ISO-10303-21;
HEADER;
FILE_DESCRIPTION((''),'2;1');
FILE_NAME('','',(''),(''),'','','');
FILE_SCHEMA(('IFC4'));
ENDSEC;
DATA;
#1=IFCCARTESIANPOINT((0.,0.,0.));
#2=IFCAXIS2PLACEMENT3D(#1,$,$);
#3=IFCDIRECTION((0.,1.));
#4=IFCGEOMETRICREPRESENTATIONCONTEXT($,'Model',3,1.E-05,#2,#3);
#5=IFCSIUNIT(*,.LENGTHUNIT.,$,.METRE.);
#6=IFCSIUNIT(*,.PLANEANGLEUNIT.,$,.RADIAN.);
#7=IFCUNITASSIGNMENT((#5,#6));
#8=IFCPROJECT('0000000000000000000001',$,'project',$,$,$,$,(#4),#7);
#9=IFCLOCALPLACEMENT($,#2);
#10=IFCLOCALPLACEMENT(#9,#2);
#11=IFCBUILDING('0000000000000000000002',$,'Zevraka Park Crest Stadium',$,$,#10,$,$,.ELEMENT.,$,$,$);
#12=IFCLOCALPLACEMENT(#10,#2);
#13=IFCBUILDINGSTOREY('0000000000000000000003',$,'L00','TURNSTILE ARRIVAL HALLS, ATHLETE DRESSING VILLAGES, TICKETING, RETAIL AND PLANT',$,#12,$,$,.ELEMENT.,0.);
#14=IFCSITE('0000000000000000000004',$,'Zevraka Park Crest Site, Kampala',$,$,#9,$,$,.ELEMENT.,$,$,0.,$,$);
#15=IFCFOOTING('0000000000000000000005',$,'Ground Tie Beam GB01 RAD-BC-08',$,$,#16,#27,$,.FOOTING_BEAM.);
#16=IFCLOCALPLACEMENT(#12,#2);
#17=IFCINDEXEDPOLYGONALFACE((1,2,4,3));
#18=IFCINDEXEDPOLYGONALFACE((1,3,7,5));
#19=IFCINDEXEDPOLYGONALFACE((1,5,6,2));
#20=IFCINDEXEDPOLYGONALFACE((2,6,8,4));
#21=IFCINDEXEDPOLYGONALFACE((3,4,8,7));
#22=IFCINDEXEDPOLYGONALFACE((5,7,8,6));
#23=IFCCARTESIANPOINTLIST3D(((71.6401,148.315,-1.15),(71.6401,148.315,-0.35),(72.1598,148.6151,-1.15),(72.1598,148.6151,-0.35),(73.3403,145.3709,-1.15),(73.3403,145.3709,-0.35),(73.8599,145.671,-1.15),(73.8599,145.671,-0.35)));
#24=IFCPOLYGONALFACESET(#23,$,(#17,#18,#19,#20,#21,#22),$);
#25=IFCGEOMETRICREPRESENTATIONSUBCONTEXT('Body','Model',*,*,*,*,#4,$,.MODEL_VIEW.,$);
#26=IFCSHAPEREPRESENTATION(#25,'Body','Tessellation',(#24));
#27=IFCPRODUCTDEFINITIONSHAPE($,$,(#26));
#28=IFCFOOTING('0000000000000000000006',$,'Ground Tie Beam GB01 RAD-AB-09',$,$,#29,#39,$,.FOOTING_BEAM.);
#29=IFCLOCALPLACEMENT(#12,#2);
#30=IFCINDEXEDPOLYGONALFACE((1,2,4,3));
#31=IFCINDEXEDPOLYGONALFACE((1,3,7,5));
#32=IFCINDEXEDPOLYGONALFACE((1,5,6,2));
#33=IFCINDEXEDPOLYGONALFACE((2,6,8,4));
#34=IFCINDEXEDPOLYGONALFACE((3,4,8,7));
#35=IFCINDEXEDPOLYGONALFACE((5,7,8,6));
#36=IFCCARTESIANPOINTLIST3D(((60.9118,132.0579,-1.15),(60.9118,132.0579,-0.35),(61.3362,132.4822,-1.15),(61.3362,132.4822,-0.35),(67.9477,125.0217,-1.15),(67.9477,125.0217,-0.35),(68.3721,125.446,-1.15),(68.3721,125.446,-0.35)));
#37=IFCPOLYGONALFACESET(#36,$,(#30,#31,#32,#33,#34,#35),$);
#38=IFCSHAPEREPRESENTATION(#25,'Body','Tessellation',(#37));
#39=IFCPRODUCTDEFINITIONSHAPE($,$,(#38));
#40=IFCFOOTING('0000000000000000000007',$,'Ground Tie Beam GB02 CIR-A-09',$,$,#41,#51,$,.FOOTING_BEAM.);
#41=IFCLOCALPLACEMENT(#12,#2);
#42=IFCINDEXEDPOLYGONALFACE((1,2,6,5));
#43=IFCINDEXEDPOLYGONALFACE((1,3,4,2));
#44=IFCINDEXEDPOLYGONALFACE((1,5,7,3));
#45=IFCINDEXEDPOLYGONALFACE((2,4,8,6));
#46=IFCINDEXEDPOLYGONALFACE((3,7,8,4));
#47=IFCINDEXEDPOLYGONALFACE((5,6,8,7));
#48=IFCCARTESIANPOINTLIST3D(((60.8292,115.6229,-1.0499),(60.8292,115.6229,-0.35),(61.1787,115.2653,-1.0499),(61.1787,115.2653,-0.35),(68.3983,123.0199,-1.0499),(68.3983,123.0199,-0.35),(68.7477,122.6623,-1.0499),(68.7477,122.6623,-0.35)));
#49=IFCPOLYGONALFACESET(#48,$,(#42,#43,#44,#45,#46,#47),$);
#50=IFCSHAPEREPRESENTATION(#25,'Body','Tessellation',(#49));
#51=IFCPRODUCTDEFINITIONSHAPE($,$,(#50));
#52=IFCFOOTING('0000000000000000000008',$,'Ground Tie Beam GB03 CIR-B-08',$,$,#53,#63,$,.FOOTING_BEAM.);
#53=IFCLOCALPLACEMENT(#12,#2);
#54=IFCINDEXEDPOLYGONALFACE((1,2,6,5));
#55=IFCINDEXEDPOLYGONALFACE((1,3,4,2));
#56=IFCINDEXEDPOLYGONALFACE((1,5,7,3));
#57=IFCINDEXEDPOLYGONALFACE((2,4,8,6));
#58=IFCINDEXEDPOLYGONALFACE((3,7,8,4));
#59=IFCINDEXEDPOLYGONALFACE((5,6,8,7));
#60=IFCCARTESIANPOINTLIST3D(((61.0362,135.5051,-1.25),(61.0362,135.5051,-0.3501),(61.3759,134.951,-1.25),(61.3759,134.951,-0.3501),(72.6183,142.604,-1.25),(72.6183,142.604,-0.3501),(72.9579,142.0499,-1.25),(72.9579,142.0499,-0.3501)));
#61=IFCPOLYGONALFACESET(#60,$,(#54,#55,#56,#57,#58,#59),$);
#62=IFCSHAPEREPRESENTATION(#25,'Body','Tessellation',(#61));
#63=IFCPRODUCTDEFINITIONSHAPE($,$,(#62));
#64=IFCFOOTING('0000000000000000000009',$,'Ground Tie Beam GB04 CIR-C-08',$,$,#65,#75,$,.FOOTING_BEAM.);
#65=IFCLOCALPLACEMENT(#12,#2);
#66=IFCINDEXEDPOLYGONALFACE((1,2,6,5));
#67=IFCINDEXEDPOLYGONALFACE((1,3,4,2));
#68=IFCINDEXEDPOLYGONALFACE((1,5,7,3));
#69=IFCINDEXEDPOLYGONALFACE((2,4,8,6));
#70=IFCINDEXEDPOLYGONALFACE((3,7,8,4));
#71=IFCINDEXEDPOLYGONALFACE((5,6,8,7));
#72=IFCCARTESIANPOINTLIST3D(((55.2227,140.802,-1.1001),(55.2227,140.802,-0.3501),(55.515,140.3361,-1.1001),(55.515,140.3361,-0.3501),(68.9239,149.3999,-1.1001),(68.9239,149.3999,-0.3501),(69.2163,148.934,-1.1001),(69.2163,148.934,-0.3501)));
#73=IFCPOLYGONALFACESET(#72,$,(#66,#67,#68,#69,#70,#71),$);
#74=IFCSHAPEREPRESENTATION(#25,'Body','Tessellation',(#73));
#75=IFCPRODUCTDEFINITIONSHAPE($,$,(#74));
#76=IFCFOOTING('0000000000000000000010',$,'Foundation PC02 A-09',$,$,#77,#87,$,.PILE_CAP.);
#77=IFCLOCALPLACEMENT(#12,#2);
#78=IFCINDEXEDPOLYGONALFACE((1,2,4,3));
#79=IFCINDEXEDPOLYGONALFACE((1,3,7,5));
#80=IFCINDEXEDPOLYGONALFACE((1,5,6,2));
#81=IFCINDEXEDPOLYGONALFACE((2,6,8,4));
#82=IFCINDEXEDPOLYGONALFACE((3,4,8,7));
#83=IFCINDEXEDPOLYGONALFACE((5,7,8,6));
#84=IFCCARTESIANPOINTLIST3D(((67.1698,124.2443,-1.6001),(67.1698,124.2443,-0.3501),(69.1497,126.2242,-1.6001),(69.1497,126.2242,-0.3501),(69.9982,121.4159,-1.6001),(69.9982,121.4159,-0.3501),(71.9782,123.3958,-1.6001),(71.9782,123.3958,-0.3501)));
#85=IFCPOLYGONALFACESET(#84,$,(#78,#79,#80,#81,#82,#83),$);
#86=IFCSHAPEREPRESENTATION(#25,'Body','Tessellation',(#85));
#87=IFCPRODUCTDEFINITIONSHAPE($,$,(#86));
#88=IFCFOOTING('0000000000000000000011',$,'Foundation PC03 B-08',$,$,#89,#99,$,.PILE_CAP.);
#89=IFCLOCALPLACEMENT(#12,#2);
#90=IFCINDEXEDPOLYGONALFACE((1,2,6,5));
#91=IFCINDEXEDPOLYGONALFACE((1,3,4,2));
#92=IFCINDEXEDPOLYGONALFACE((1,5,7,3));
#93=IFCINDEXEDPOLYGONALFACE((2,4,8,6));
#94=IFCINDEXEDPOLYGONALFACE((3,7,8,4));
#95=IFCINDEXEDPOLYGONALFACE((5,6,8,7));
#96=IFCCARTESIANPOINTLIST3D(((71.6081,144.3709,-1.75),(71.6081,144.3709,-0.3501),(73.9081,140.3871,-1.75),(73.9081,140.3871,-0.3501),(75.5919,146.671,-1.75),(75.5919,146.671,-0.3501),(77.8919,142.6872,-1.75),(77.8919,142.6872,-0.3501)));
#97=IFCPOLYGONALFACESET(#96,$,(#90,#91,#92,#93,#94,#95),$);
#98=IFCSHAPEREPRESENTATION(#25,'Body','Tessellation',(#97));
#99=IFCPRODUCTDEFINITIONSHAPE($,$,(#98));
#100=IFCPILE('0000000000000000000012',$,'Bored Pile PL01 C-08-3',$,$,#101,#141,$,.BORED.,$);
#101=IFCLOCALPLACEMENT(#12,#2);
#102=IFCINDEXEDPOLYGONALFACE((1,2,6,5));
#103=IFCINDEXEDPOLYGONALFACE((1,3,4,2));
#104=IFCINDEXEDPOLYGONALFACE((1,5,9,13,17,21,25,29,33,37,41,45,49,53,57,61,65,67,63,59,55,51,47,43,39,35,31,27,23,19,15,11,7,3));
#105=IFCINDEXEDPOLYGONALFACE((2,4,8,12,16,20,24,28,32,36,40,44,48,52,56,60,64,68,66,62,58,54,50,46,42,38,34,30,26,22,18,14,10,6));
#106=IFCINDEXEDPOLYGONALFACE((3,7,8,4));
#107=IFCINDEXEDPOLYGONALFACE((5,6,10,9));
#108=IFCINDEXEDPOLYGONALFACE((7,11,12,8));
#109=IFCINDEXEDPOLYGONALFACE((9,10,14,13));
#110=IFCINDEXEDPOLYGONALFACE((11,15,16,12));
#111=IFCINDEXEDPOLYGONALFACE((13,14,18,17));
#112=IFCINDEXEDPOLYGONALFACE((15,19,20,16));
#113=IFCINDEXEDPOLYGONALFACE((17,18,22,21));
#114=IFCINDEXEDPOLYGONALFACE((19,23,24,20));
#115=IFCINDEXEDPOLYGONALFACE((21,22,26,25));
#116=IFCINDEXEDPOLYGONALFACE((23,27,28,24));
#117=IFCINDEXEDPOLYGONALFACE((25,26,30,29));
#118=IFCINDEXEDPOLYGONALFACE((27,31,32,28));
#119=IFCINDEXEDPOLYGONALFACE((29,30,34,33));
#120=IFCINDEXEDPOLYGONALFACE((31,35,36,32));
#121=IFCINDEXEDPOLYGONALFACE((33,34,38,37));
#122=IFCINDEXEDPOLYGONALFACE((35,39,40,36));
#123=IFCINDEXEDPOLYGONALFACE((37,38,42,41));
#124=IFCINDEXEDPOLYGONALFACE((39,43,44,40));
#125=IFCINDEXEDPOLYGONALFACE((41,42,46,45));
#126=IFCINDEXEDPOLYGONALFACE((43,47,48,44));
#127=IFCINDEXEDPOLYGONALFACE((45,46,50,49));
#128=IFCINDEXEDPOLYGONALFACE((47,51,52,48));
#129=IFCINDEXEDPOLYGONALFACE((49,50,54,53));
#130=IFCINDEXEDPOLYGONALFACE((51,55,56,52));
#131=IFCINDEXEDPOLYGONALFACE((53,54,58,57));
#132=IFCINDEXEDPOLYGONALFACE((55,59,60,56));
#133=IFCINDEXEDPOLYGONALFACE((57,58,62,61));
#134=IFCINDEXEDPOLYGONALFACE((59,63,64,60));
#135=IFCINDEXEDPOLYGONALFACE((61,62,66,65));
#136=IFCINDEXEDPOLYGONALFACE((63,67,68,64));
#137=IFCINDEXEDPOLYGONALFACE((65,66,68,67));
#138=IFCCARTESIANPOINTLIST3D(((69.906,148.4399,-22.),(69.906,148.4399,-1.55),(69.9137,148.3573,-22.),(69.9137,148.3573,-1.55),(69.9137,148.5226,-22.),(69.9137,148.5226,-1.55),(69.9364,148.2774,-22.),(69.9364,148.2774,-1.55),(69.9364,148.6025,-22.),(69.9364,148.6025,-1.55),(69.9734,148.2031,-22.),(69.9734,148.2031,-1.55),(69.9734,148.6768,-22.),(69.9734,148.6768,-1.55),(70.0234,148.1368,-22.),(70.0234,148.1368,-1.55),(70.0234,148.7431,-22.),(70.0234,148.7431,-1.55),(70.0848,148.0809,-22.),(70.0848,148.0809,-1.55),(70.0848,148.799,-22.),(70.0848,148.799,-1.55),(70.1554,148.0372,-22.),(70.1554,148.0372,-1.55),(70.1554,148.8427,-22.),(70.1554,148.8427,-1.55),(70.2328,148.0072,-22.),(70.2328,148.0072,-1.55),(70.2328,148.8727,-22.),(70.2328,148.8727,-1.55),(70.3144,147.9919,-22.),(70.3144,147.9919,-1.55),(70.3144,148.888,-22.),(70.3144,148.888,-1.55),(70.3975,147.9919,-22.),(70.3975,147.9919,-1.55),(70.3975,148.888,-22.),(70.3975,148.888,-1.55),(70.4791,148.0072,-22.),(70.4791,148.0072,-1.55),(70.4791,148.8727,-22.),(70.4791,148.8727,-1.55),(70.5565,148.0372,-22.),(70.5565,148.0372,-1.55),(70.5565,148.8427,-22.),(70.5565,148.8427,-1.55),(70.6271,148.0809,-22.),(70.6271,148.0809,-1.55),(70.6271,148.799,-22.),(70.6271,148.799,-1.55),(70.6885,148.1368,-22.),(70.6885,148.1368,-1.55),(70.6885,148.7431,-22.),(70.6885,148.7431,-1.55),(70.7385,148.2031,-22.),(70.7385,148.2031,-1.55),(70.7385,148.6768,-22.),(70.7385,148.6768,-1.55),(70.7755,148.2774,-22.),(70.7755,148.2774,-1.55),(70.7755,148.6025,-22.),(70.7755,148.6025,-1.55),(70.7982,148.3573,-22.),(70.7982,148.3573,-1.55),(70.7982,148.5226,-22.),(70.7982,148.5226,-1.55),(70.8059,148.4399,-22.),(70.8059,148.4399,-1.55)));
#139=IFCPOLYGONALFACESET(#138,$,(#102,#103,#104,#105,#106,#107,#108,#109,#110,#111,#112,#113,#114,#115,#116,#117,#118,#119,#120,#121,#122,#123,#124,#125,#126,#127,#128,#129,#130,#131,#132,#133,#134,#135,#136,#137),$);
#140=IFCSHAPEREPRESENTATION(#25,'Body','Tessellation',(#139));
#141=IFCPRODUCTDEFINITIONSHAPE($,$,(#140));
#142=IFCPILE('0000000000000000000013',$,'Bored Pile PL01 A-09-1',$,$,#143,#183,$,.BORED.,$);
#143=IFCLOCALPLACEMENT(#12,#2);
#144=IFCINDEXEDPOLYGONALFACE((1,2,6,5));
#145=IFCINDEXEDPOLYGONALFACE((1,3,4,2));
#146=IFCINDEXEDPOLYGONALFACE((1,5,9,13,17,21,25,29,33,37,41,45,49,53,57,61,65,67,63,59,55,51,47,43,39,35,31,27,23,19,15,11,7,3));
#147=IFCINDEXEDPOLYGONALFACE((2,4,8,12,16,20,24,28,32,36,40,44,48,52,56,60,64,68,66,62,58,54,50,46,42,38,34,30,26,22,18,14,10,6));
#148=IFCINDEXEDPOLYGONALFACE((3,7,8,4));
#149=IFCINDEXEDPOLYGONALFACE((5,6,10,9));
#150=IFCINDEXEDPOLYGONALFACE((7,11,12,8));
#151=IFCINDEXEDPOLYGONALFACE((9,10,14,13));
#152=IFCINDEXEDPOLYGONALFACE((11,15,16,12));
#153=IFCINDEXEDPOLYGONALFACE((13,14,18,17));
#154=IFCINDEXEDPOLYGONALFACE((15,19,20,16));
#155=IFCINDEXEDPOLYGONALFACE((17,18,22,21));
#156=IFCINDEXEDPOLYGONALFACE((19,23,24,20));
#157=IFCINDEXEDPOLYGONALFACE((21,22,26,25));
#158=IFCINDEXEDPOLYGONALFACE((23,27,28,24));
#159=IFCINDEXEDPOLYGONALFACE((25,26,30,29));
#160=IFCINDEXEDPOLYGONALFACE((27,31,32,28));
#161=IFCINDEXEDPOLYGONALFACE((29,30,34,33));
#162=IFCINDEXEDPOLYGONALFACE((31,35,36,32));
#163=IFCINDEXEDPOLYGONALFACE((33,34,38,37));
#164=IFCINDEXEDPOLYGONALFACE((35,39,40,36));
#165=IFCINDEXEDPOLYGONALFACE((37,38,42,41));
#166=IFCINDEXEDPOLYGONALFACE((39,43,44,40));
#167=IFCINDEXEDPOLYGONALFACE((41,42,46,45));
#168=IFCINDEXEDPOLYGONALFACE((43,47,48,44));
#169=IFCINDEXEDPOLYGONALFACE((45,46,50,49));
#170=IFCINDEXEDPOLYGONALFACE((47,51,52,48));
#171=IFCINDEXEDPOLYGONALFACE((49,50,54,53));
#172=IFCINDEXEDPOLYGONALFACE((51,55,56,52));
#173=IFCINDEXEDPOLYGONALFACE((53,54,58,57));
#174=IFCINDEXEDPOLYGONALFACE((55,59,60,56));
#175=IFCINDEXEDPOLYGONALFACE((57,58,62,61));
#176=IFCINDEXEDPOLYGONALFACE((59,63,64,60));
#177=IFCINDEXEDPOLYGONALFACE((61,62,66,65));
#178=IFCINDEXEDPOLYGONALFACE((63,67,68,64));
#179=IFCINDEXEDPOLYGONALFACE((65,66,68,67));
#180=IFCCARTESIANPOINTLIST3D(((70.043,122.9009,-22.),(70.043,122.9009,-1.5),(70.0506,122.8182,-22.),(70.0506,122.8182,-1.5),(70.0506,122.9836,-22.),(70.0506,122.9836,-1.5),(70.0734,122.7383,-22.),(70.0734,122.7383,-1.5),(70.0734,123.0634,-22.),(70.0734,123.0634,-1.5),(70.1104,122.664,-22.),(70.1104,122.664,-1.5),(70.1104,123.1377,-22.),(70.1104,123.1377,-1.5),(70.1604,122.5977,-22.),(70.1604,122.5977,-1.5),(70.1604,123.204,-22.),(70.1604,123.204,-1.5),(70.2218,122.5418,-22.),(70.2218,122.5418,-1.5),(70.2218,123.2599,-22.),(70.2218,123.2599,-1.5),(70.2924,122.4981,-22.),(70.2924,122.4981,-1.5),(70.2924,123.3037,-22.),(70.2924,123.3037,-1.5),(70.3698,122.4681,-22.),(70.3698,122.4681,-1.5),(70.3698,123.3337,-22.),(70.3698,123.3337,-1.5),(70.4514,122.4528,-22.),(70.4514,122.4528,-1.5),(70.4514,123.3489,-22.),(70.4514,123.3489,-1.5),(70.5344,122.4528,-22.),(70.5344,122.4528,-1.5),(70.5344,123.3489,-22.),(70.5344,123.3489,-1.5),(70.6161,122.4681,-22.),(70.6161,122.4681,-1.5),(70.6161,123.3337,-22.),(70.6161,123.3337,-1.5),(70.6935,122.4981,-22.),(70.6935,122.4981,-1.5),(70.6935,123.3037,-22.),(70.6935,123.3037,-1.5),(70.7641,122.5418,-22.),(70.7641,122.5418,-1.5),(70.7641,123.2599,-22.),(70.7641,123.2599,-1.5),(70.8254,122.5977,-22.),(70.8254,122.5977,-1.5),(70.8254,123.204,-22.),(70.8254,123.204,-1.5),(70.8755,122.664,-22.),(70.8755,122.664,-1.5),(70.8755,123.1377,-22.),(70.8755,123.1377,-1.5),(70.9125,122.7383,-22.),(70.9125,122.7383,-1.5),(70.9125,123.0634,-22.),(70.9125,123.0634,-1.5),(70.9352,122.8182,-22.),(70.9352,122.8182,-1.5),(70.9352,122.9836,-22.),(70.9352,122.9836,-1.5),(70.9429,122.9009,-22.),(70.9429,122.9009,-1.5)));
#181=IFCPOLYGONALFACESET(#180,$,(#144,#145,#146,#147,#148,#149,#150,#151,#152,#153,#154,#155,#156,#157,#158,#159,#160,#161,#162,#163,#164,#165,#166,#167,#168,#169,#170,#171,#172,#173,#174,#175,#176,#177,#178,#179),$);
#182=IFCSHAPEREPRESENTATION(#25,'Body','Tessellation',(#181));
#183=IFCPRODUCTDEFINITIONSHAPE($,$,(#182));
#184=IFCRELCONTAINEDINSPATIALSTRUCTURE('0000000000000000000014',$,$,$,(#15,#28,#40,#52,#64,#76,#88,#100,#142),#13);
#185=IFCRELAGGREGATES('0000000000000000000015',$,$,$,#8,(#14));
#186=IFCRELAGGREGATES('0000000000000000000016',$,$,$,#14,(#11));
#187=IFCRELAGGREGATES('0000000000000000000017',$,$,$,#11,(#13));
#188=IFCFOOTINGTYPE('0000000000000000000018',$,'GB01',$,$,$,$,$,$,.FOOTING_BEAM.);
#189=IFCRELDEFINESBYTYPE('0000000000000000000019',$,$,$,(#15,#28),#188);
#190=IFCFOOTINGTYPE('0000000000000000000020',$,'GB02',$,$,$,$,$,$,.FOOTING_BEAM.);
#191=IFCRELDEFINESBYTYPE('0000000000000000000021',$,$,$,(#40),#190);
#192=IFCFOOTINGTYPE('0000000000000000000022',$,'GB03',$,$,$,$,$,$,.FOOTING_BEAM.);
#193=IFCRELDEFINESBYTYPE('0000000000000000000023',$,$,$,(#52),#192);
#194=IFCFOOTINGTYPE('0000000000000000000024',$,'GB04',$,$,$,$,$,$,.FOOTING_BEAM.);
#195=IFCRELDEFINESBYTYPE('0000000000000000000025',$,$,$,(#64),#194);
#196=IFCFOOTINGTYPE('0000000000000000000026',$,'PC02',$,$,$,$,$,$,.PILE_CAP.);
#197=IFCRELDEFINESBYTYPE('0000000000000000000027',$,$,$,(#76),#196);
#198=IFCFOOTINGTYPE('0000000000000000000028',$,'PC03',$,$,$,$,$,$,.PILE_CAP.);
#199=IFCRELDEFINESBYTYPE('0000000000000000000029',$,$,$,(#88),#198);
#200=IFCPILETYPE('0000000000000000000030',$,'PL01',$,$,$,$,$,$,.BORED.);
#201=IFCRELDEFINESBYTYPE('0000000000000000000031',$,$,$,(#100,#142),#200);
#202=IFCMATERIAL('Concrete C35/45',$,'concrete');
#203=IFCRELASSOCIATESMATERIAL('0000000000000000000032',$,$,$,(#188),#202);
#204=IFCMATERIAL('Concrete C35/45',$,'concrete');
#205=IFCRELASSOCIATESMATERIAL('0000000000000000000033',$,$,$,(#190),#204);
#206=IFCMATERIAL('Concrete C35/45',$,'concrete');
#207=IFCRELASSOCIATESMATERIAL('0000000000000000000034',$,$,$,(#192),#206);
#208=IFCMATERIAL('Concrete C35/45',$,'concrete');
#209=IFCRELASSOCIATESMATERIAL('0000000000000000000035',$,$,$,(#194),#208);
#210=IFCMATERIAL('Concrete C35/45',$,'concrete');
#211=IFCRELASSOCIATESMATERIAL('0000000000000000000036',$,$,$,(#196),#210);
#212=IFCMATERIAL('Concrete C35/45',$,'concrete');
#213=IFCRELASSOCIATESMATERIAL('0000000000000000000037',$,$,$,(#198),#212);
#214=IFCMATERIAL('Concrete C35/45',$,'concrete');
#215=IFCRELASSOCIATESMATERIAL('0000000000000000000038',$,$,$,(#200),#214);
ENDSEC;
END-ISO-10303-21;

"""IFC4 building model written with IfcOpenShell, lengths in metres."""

from ifc_helpers import new_model, si_unit, direction, frame, origin, origin_2d, place, context, subcontext, project, spatial, rectangle, circle, extrude, material, material_profile, profile_set, type_object, element, save


model = new_model("IFC4")

# Units and contexts
model_context = context("Model", 3, precision=1e-05, world=origin(), true_north=direction((0.0, 1.0)))
body_context = subcontext(model_context, "Body", "Model", "MODEL_VIEW")
ifc_project = project(units=[si_unit("LENGTHUNIT", "METRE"), si_unit("PLANEANGLEUNIT", "RADIAN")], contexts=[model_context])

# Site, building, storey
site_placement = place(None, origin())
site = spatial("IfcSite", under=ifc_project, at=site_placement, Name="Zevraka Park Crest Site, Kampala", CompositionType="ELEMENT", RefElevation=0.0)
building_placement = place(site_placement, origin())
building = spatial("IfcBuilding", under=site, at=building_placement, Name="Zevraka Park Crest Stadium", CompositionType="ELEMENT")
storey_placement = place(building_placement, origin())
storey = spatial("IfcBuildingStorey", under=building, at=storey_placement, Name="L00", Description="TURNSTILE ARRIVAL HALLS, ATHLETE DRESSING VILLAGES, TICKETING, RETAIL AND PLANT", CompositionType="ELEMENT", Elevation=0.0)

# Footings
ifc_material_1 = material(Name="Concrete C35/45", Category="concrete")
ifc_material_profile_1 = material_profile(ifc_material_1, rectangle(XDim=0.6001, YDim=0.8, at=origin_2d()), Name="GB 800x600")
ifc_profile_set_1 = profile_set([ifc_material_profile_1], Name="Concrete C35/45")
footing_type_1 = type_object("IfcFootingType", Name="GB01", PredefinedType="FOOTING_BEAM", material=ifc_profile_set_1)
footing_1_placement = place(storey_placement, frame((73.6001, 145.521, -0.75), z_axis=(-0.500093, 0.865972, 0.0), x_axis=(-0.865972, -0.500093, 0.0)))
element("IfcFooting", 1, at=footing_1_placement, inside=storey, type_object=footing_type_1, Name="Ground Tie Beam GB01 RAD-BC-08", PredefinedType="FOOTING_BEAM", context=body_context, shape_type="SweptSolid", body=[
    extrude(rectangle(XDim=0.6001, YDim=0.8, at=origin_2d()), origin(), (0.0, 0.0, 1.0), 3.3997),
])
footing_2_placement = place(storey_placement, frame((68.1599, 125.2339, -0.75), z_axis=(-0.707095, 0.707119, 0.0), x_axis=(-0.707119, -0.707095, 0.0)))
element("IfcFooting", 2, at=footing_2_placement, inside=storey, type_object=footing_type_1, Name="Ground Tie Beam GB01 RAD-AB-09", PredefinedType="FOOTING_BEAM", context=body_context, shape_type="SweptSolid", body=[
    extrude(rectangle(XDim=0.6001, YDim=0.8, at=origin_2d()), origin(), (0.0, 0.0, 1.0), 9.9504),
])
ifc_material_2 = material(Name="Concrete C35/45", Category="concrete")
ifc_material_profile_2 = material_profile(ifc_material_2, rectangle(XDim=0.5, YDim=0.7, at=origin_2d()), Name="GB 700x500")
ifc_profile_set_2 = profile_set([ifc_material_profile_2], Name="Concrete C35/45")
footing_type_2 = type_object("IfcFootingType", Name="GB02", PredefinedType="FOOTING_BEAM", material=ifc_profile_set_2)
footing_3_placement = place(storey_placement, frame((68.573, 122.8411, -0.7), z_axis=(-0.715192, -0.698928, 0.0), x_axis=(0.698928, -0.715192, 0.0)))
element("IfcFooting", 3, at=footing_3_placement, inside=storey, type_object=footing_type_2, Name="Ground Tie Beam GB02 CIR-A-09", PredefinedType="FOOTING_BEAM", context=body_context, shape_type="SweptSolid", body=[
    extrude(rectangle(XDim=0.5, YDim=0.7, at=origin_2d()), origin(), (0.0, 0.0, 1.0), 10.5833),
])
ifc_material_3 = material(Name="Concrete C35/45", Category="concrete")
ifc_material_profile_3 = material_profile(ifc_material_3, rectangle(XDim=0.6499, YDim=0.8999, at=origin_2d()), Name="GB 900x650")
ifc_profile_set_3 = profile_set([ifc_material_profile_3], Name="Concrete C35/45")
footing_type_3 = type_object("IfcFootingType", Name="GB03", PredefinedType="FOOTING_BEAM", material=ifc_profile_set_3)
footing_4_placement = place(storey_placement, frame((72.7881, 142.3269, -0.8), z_axis=(-0.852594, -0.522573, 0.0), x_axis=(0.522573, -0.852594, 0.0)))
element("IfcFooting", 4, at=footing_4_placement, inside=storey, type_object=footing_type_3, Name="Ground Tie Beam GB03 CIR-B-08", PredefinedType="FOOTING_BEAM", context=body_context, shape_type="SweptSolid", body=[
    extrude(rectangle(XDim=0.6499, YDim=0.8999, at=origin_2d()), origin(), (0.0, 0.0, 1.0), 13.5845),
])
ifc_material_4 = material(Name="Concrete C35/45", Category="concrete")
ifc_material_profile_4 = material_profile(ifc_material_4, rectangle(XDim=0.55, YDim=0.75, at=origin_2d()), Name="GB 750x550")
ifc_profile_set_4 = profile_set([ifc_material_profile_4], Name="Concrete C35/45")
footing_type_4 = type_object("IfcFootingType", Name="GB04", PredefinedType="FOOTING_BEAM", material=ifc_profile_set_4)
footing_5_placement = place(storey_placement, frame((69.0701, 149.167, -0.7251), z_axis=(-0.847034, -0.531539, 0.0), x_axis=(0.531539, -0.847034, 0.0)))
element("IfcFooting", 5, at=footing_5_placement, inside=storey, type_object=footing_type_4, Name="Ground Tie Beam GB04 CIR-C-08", PredefinedType="FOOTING_BEAM", context=body_context, shape_type="SweptSolid", body=[
    extrude(rectangle(XDim=0.55, YDim=0.75, at=origin_2d()), origin(), (0.0, 0.0, 1.0), 16.1755),
])
ifc_material_5 = material(Name="Concrete C35/45", Category="concrete")
footing_type_5 = type_object("IfcFootingType", Name="PC02", PredefinedType="PILE_CAP", material=ifc_material_5)
footing_6_placement = place(storey_placement, frame((69.574, 123.8201, -1.6001), z_axis=(0.0, 0.0, 1.0), x_axis=(-0.707107, 0.707107, 0.0)))
element("IfcFooting", 6, at=footing_6_placement, inside=storey, type_object=footing_type_5, Name="Foundation PC02 A-09", PredefinedType="PILE_CAP", context=body_context, shape_type="SweptSolid", body=[
    extrude(rectangle(XDim=4.0, YDim=2.8, at=origin_2d()), origin(), (0.0, 0.0, 1.0), 1.25),
])
ifc_material_6 = material(Name="Concrete C35/45", Category="concrete")
footing_type_6 = type_object("IfcFootingType", Name="PC03", PredefinedType="PILE_CAP", material=ifc_material_6)
footing_7_placement = place(storey_placement, frame((74.75, 143.5291, -1.75), z_axis=(0.0, 0.0, 1.0), x_axis=(-0.5, 0.866025, 0.0)))
element("IfcFooting", 7, at=footing_7_placement, inside=storey, type_object=footing_type_6, Name="Foundation PC03 B-08", PredefinedType="PILE_CAP", context=body_context, shape_type="SweptSolid", body=[
    extrude(rectangle(XDim=4.6001, YDim=4.6001, at=origin_2d()), origin(), (0.0, 0.0, 1.0), 1.3999),
])

# Piles
ifc_material_7 = material(Name="Concrete C35/45", Category="concrete")
ifc_material_profile_5 = material_profile(ifc_material_7, circle(Radius=0.45, at=origin_2d()), Name="PILE D900")
ifc_profile_set_5 = profile_set([ifc_material_profile_5], Name="Concrete C35/45")
pile_type_1 = type_object("IfcPileType", Name="PL01", PredefinedType="BORED", material=ifc_profile_set_5)
pile_placement = place(storey_placement, frame((70.356, 148.4399, -1.55), z_axis=(0.0, 0.0, -1.0), x_axis=(1.0, 0.0, 0.0)))
element("IfcPile", 8, at=pile_placement, inside=storey, type_object=pile_type_1, Name="Bored Pile PL01 C-08-3", PredefinedType="BORED", context=body_context, shape_type="SweptSolid", body=[
    extrude(circle(Radius=0.45, at=origin_2d()), origin(), (0.0, 0.0, 1.0), 20.45),
])
for number, where, z_axis, x_axis, name in (
    (9, (70.4929, 122.9009, -1.5), (0.0, 0.0, -1.0), (1.0, 0.0, 0.0), "Bored Pile PL01 A-09-1"),
):
    element("IfcPile", number, at=place(storey_placement, frame(where, z_axis=z_axis, x_axis=x_axis)), inside=storey, type_object=pile_type_1, Name=name, PredefinedType="BORED", context=body_context, shape_type="SweptSolid", body=[
        extrude(circle(Radius=0.45, at=origin_2d()), origin(), (0.0, 0.0, 1.0), 20.5),
    ])

save(model, "model.ifc")
